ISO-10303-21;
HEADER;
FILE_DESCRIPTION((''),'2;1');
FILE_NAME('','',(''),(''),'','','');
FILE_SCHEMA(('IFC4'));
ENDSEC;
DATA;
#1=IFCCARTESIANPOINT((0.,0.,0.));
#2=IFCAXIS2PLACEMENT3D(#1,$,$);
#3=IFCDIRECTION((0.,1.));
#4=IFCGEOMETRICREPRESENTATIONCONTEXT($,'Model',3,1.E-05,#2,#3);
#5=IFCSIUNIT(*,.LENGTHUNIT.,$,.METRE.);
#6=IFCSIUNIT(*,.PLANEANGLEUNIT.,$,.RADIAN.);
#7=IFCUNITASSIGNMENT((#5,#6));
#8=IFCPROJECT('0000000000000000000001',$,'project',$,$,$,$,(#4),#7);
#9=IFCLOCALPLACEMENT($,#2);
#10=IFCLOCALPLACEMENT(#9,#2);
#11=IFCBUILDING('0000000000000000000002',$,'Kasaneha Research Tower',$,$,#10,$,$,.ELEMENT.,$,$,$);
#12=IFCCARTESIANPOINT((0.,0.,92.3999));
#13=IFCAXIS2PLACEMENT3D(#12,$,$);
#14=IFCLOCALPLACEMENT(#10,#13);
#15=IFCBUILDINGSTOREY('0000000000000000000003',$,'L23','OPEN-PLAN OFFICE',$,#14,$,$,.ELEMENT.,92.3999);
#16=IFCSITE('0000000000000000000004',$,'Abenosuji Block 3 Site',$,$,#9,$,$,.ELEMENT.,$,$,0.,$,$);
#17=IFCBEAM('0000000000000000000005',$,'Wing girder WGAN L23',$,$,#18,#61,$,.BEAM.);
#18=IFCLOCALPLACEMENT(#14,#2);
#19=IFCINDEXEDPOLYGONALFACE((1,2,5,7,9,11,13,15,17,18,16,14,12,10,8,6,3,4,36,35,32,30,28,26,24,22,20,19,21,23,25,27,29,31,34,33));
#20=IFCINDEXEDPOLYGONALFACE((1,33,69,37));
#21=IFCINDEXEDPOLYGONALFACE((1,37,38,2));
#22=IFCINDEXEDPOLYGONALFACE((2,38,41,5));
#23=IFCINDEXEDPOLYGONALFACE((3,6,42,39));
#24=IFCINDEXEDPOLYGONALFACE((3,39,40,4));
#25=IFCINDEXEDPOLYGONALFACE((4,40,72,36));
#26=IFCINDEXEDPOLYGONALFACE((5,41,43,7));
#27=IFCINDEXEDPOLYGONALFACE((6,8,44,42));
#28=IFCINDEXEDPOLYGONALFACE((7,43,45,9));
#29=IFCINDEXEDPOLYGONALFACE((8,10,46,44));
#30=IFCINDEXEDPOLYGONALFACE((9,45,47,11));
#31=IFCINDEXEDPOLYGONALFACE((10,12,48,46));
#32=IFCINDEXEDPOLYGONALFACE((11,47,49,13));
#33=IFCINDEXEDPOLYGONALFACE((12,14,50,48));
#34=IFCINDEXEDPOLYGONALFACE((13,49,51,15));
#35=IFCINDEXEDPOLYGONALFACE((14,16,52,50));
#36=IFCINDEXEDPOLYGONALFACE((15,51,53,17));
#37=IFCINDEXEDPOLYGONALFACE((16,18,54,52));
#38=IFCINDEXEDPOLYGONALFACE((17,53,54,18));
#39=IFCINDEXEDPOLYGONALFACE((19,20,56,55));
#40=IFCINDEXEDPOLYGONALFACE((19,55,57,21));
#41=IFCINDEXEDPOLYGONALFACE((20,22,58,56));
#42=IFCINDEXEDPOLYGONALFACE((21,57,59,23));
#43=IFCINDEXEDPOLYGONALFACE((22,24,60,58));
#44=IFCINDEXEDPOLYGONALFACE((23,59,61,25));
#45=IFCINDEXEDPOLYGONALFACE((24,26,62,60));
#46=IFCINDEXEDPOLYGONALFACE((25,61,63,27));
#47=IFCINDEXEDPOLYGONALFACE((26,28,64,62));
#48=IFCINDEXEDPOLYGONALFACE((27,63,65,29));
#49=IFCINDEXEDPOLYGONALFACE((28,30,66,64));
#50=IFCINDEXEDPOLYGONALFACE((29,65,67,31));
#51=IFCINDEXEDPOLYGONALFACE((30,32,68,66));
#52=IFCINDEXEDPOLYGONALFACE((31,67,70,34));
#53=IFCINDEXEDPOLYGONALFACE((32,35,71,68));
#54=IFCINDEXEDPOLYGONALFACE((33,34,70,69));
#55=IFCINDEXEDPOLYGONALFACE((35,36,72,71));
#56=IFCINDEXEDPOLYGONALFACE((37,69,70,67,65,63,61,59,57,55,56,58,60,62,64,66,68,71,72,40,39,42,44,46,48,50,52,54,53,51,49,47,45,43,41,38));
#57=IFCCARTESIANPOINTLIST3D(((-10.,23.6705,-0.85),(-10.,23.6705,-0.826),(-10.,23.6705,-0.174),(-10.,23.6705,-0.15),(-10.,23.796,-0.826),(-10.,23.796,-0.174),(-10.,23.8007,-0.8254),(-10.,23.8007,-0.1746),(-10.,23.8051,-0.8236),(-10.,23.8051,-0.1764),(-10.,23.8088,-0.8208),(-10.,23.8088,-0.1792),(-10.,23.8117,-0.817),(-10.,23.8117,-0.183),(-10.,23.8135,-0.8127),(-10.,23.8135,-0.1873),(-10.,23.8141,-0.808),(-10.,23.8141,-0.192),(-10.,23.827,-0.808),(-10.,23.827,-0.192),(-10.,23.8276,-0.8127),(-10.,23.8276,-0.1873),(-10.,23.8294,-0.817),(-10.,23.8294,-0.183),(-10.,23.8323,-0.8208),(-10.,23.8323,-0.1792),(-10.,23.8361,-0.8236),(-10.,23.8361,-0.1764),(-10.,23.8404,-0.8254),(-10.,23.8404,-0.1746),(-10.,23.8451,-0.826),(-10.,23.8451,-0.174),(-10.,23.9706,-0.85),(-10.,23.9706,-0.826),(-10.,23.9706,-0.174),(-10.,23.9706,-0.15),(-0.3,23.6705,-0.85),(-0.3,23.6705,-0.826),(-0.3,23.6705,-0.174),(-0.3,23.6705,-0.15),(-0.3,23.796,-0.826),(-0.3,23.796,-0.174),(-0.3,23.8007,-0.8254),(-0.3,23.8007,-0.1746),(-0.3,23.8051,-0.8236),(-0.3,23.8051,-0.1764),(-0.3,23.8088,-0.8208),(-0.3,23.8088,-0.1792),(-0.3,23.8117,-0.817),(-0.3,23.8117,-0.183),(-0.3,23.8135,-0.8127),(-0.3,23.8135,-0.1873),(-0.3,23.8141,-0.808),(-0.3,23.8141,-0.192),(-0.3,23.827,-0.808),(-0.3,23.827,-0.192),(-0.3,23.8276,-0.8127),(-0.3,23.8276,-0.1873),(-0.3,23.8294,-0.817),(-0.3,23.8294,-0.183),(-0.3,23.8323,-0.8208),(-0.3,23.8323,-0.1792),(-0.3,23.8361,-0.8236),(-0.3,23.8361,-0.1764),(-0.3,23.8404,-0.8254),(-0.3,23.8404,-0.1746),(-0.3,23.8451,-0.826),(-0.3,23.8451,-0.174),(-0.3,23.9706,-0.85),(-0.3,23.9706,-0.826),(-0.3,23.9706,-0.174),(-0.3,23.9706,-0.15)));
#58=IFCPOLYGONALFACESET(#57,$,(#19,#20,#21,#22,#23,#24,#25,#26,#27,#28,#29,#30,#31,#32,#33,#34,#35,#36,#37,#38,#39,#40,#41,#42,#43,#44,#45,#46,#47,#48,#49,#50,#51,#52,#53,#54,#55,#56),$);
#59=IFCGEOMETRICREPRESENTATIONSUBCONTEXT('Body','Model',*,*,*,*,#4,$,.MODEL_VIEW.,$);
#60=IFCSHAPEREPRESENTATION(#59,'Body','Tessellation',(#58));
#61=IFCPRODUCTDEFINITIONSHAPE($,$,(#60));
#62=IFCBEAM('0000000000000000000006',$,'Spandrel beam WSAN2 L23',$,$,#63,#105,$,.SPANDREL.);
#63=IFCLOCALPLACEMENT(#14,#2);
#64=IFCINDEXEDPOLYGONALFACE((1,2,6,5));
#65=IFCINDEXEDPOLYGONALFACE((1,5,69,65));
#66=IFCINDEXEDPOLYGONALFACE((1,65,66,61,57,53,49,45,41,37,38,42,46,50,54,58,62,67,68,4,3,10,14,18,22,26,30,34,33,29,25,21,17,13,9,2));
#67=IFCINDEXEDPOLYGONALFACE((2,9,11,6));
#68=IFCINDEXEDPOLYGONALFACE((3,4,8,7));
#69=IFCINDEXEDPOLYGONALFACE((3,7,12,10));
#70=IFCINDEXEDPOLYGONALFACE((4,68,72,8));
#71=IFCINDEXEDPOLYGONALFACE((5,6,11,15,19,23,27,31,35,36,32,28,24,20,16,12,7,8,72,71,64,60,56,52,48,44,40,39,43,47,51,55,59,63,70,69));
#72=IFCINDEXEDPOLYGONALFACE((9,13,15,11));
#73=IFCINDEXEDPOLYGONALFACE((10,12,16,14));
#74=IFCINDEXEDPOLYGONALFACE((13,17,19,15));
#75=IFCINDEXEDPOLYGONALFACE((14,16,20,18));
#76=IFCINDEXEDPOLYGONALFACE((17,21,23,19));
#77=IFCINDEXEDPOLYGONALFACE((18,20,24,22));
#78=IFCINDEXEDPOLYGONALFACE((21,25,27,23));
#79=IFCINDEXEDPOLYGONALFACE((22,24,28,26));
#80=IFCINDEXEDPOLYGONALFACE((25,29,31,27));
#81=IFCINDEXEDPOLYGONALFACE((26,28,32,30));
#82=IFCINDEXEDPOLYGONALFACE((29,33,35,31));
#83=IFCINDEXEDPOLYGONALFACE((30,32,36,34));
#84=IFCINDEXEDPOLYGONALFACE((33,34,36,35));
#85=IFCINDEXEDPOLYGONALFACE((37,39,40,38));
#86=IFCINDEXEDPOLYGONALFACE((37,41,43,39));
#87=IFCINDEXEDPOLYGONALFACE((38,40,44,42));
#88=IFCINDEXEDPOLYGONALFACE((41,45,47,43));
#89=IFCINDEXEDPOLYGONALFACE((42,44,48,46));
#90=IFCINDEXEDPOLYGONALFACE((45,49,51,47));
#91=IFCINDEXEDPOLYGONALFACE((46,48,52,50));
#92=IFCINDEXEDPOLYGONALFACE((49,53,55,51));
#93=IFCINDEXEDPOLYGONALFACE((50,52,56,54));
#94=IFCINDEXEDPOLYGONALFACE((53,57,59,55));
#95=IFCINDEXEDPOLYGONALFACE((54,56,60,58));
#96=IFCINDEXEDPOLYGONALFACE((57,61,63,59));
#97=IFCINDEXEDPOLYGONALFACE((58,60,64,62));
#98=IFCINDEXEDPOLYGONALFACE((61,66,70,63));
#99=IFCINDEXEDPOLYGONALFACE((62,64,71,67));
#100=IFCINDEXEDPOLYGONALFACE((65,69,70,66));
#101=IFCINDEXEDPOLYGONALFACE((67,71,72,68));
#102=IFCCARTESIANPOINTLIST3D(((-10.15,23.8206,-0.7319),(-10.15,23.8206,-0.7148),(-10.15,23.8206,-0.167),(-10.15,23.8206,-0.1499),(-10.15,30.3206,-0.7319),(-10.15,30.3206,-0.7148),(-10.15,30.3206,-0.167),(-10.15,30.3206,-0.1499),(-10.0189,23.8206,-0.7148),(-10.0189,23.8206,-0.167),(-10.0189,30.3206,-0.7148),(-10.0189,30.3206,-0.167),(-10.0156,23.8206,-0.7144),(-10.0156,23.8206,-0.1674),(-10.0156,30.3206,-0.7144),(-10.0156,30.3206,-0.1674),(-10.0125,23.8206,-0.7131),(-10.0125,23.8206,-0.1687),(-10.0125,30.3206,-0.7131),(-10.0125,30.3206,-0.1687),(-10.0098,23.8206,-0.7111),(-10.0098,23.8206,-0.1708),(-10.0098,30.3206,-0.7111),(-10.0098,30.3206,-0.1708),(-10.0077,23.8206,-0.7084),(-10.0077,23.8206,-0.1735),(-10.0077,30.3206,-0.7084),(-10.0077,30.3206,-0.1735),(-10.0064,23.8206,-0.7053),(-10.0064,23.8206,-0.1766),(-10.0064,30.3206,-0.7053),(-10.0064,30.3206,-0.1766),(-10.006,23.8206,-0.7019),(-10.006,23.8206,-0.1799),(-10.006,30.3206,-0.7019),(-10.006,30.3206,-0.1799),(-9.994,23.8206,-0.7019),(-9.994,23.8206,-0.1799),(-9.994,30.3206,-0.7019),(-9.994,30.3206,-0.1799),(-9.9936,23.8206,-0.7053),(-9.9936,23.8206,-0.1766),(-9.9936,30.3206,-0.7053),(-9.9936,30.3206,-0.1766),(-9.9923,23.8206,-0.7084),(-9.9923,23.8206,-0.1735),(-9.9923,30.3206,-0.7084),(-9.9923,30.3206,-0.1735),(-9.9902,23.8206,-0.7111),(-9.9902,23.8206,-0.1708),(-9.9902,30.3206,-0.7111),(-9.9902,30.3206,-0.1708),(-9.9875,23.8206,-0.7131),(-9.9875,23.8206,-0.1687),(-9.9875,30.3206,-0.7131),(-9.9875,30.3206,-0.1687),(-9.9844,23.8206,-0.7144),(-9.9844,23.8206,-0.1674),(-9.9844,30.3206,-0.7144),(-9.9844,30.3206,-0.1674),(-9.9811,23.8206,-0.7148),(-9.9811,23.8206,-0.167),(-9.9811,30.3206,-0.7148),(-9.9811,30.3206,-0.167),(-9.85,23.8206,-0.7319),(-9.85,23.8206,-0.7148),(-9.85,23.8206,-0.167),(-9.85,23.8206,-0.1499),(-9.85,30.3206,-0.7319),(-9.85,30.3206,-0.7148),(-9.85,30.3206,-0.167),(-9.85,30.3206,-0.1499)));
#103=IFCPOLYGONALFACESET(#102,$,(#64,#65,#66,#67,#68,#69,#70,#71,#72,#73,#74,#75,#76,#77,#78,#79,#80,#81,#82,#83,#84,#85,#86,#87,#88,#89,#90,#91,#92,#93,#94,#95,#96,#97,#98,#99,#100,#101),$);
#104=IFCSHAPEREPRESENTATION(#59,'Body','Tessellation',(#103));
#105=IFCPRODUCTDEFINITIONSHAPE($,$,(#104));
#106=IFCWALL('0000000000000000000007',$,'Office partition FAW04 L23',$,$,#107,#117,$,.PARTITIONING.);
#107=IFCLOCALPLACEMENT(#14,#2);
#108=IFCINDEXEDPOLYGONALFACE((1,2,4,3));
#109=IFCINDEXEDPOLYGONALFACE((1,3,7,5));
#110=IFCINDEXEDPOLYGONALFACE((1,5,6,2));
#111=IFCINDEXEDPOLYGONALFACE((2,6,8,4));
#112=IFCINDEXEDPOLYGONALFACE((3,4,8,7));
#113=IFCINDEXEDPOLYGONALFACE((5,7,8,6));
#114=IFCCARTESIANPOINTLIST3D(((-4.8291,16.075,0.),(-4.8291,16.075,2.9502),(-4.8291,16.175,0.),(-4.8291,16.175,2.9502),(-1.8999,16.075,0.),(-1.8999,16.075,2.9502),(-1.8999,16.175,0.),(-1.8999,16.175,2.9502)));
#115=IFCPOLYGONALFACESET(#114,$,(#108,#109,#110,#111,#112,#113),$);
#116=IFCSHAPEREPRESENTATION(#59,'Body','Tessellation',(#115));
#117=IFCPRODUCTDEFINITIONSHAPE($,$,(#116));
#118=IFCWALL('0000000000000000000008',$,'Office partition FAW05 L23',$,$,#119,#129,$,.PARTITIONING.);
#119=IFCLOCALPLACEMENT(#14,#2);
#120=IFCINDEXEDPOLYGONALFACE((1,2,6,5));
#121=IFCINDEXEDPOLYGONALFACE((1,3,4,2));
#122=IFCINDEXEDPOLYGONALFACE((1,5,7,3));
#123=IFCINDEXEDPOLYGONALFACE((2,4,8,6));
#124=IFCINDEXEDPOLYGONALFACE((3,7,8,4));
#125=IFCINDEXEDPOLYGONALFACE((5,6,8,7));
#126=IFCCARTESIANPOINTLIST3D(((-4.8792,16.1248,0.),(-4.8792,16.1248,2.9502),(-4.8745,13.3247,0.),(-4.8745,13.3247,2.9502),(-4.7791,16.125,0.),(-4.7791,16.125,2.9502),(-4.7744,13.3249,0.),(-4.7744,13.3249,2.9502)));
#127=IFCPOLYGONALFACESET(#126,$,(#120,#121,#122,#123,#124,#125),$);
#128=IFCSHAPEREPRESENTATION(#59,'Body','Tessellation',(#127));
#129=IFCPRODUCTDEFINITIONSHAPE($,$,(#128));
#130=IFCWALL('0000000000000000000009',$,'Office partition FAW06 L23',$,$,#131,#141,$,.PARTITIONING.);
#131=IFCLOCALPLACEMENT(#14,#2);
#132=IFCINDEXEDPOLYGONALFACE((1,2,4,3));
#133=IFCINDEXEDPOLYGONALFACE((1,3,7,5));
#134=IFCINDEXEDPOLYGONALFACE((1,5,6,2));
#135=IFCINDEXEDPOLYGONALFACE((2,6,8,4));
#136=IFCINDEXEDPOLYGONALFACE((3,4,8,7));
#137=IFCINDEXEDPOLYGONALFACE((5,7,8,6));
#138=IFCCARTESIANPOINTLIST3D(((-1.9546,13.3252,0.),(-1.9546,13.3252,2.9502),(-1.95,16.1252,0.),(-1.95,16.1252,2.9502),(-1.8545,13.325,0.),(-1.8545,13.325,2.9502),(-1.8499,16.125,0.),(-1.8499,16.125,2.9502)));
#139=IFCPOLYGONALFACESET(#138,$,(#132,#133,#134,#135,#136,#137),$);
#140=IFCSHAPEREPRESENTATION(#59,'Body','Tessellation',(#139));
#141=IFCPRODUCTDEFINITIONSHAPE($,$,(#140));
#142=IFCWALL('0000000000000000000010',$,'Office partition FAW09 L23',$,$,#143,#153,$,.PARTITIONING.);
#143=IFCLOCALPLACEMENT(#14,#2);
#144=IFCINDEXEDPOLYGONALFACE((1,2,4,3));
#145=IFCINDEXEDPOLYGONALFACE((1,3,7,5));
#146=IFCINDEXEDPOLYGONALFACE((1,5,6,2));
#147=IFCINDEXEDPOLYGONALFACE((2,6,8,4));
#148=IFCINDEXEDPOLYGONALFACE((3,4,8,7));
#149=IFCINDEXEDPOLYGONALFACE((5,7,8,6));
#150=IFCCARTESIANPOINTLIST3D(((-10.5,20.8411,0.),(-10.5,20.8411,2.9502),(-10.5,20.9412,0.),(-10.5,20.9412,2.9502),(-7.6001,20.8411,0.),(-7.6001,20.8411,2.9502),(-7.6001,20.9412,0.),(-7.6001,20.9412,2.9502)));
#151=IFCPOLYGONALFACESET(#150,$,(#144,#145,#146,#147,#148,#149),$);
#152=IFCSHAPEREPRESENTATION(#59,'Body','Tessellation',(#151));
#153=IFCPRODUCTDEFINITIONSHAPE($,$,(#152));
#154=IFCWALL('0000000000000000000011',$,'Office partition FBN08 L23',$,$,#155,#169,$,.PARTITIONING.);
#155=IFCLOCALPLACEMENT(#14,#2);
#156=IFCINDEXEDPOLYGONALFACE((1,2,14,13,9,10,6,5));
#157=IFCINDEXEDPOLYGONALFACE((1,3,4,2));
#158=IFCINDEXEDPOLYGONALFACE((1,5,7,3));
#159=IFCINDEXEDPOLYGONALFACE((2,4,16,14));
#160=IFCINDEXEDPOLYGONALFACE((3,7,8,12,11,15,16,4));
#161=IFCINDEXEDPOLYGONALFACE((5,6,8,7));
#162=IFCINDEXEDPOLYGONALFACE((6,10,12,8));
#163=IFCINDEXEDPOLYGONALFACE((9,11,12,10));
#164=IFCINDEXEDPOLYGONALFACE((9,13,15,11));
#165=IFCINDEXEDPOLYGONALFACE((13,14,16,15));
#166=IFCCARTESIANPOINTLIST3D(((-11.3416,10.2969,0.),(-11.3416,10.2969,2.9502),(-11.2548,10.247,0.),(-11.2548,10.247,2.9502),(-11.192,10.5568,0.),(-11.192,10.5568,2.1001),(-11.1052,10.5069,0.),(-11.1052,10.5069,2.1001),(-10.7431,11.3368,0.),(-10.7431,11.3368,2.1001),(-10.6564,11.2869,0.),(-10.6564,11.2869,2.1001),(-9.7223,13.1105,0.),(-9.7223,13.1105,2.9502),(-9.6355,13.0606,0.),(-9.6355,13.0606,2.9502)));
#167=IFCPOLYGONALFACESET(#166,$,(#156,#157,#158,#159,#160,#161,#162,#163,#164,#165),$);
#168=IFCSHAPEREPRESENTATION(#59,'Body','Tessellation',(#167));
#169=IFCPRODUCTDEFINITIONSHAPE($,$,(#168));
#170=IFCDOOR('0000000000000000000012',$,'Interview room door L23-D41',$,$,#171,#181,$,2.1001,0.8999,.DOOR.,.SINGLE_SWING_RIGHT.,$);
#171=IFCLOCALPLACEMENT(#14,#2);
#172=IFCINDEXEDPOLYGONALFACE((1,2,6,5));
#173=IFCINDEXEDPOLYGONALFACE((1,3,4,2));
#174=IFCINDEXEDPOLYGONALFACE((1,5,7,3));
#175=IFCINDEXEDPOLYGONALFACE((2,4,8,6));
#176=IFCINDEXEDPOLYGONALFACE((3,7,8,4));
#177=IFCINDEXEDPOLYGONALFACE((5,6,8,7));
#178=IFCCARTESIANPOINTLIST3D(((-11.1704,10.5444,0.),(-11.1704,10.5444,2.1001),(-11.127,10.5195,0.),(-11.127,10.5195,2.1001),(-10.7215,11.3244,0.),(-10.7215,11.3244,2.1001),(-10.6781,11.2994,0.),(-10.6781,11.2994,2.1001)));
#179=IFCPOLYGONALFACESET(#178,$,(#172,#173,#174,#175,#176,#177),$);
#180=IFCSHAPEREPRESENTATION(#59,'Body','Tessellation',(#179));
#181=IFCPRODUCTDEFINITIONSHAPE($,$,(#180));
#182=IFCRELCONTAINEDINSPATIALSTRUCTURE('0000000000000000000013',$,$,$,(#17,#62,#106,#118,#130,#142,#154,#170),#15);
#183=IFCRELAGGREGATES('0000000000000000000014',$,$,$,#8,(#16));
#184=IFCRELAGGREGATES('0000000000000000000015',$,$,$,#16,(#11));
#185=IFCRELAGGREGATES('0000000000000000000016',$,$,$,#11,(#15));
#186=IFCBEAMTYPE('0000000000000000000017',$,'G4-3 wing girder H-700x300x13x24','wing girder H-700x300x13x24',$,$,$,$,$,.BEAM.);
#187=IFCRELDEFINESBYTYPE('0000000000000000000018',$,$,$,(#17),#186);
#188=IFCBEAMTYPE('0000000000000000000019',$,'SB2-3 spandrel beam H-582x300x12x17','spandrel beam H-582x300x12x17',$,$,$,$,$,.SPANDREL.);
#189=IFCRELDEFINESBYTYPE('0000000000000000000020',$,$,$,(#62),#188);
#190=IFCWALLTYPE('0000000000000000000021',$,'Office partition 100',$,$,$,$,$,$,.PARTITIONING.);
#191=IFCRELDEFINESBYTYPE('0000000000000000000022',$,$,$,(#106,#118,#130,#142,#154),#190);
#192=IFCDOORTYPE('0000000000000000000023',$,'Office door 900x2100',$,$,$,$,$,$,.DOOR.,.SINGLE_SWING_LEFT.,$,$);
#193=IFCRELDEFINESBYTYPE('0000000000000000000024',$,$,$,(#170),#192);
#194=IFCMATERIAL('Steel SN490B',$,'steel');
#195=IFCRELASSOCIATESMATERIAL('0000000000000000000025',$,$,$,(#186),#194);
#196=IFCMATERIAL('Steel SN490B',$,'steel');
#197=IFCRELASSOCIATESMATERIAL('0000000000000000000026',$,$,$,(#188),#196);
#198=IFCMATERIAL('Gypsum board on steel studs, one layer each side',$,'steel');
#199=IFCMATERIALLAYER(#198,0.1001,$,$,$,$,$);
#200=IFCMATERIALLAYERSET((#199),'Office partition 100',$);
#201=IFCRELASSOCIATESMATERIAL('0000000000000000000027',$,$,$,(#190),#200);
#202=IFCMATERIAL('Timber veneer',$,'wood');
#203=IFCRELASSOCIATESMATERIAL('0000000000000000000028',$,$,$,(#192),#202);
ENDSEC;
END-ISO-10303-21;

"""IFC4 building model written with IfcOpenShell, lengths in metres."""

from ifc_helpers import new_model, si_unit, direction, frame, frame_2d, origin, origin_2d, place, context, subcontext, project, spatial, rectangle, i_section, extrude, material, layer, layer_set, material_profile, profile_set, type_object, element, fill, save


model = new_model("IFC4")

# Units and contexts
model_context = context("Model", 3, precision=1e-05, world=origin(), true_north=direction((0.0, 1.0)))
body_context = subcontext(model_context, "Body", "Model", "MODEL_VIEW")
ifc_project = project(units=[si_unit("LENGTHUNIT", "METRE"), si_unit("PLANEANGLEUNIT", "RADIAN")], contexts=[model_context])

# Site, building, storey
site_placement = place(None, origin())
site = spatial("IfcSite", under=ifc_project, at=site_placement, Name="Abenosuji Block 3 Site", CompositionType="ELEMENT", RefElevation=0.0)
building_placement = place(site_placement, origin())
building = spatial("IfcBuilding", under=site, at=building_placement, Name="Kasaneha Research Tower", CompositionType="ELEMENT")
storey_placement = place(building_placement, frame((0.0, 0.0, 92.3999)))
storey = spatial("IfcBuildingStorey", under=building, at=storey_placement, Name="L23", Description="OPEN-PLAN OFFICE", CompositionType="ELEMENT", Elevation=92.3999)

# Beams
ifc_material_1 = material(Name="Steel SN490B", Category="steel")
ifc_material_profile_1 = material_profile(ifc_material_1, i_section(OverallWidth=0.3, OverallDepth=0.7, WebThickness=0.0129, FlangeThickness=0.0239, FilletRadius=0.0181, at=origin_2d()), Name="H-700x300x13x24")
ifc_profile_set_1 = profile_set([ifc_material_profile_1], Name="Steel SN490B")
beam_type_1 = type_object("IfcBeamType", Name="G4-3 wing girder H-700x300x13x24", Description="wing girder H-700x300x13x24", PredefinedType="BEAM", material=ifc_profile_set_1)
beam_1_placement = place(storey_placement, frame((-10.0, 23.8206, -0.5), z_axis=(1.0, 0.0, 0.0), x_axis=(0.0, 1.0, 0.0)))
element("IfcBeam", 1, at=beam_1_placement, inside=storey, type_object=beam_type_1, Name="Wing girder WGAN L23", PredefinedType="BEAM", context=body_context, shape_type="SweptSolid", body=[
    extrude(i_section(OverallWidth=0.3, OverallDepth=0.7, WebThickness=0.0129, FlangeThickness=0.0239, FilletRadius=0.0181, at=origin_2d()), origin(), (0.0, 0.0, 1.0), 9.7),
])
ifc_material_2 = material(Name="Steel SN490B", Category="steel")
ifc_material_profile_2 = material_profile(ifc_material_2, i_section(OverallWidth=0.3, OverallDepth=0.582, WebThickness=0.012, FlangeThickness=0.0171, FilletRadius=0.0129, at=origin_2d()), Name="H-582x300x12x17")
ifc_profile_set_2 = profile_set([ifc_material_profile_2], Name="Steel SN490B")
beam_type_2 = type_object("IfcBeamType", Name="SB2-3 spandrel beam H-582x300x12x17", Description="spandrel beam H-582x300x12x17", PredefinedType="SPANDREL", material=ifc_profile_set_2)
beam_2_placement = place(storey_placement, frame((-10.0, 23.8206, -0.4409), z_axis=(0.0, 1.0, 0.0), x_axis=(-1.0, 0.0, 0.0)))
element("IfcBeam", 2, at=beam_2_placement, inside=storey, type_object=beam_type_2, Name="Spandrel beam WSAN2 L23", PredefinedType="SPANDREL", context=body_context, shape_type="SweptSolid", body=[
    extrude(i_section(OverallWidth=0.3, OverallDepth=0.582, WebThickness=0.012, FlangeThickness=0.0171, FilletRadius=0.0129, at=origin_2d()), origin(), (0.0, 0.0, 1.0), 6.5),
])

# Walls
ifc_material_3 = material(Name="Gypsum board on steel studs, one layer each side", Category="steel")
ifc_layer_1 = layer(ifc_material_3, 0.1001)
ifc_layer_set_1 = layer_set([ifc_layer_1], Name="Office partition 100")
wall_type_1 = type_object("IfcWallType", Name="Office partition 100", PredefinedType="PARTITIONING", material=ifc_layer_set_1)
wall_1_placement = place(storey_placement, frame((-4.8291, 16.125, 0.0), z_axis=(0.0, 0.0, 1.0), x_axis=(1.0, 0.0, 0.0)))
element("IfcWall", 3, at=wall_1_placement, inside=storey, type_object=wall_type_1, Name="Office partition FAW04 L23", PredefinedType="PARTITIONING", context=body_context, shape_type="SweptSolid", body=[
    extrude(rectangle(XDim=2.9292, YDim=0.1001, at=frame_2d((1.4646, 0.0))), origin(), (0.0, 0.0, 1.0), 2.9502),
])
for number, where, z_axis, x_axis, name in (
    (4, (-4.8245, 13.325, 0.0), (0.0, 0.0, 1.0), (-0.001657, 0.999999, 0.0), "Office partition FAW05 L23"),
    (5, (-1.8999, 16.125, 0.0), (0.0, 0.0, 1.0), (-0.001657, -0.999999, 0.0), "Office partition FAW06 L23"),
):
    element("IfcWall", number, at=place(storey_placement, frame(where, z_axis=z_axis, x_axis=x_axis)), inside=storey, type_object=wall_type_1, Name=name, PredefinedType="PARTITIONING", context=body_context, shape_type="SweptSolid", body=[
        extrude(rectangle(XDim=2.8, YDim=0.1001, at=frame_2d((1.3999, 0.0))), origin(), (0.0, 0.0, 1.0), 2.9502),
    ])
wall_2_placement = place(storey_placement, frame((-7.6001, 20.8911, 0.0), z_axis=(0.0, 0.0, 1.0), x_axis=(-1.0, 0.0, 0.0)))
element("IfcWall", 6, at=wall_2_placement, inside=storey, type_object=wall_type_1, Name="Office partition FAW09 L23", PredefinedType="PARTITIONING", context=body_context, shape_type="SweptSolid", body=[
    extrude(rectangle(XDim=2.8999, YDim=0.1001, at=frame_2d((1.45, 0.0))), origin(), (0.0, 0.0, 1.0), 2.9502),
])

# Wall, opening, door
wall_3_placement = place(storey_placement, frame((-9.679, 13.0854, 0.0), z_axis=(0.0, 0.0, 1.0), x_axis=(-0.498817, -0.866707, 0.0)))
wall_3 = element("IfcWall", 7, at=wall_3_placement, inside=storey, type_object=wall_type_1, Name="Office partition FBN08 L23", PredefinedType="PARTITIONING", context=body_context, shape_type="SweptSolid", body=[
    extrude(rectangle(XDim=3.2463, YDim=0.1001, at=frame_2d((1.623, 0.0))), origin(), (0.0, 0.0, 1.0), 2.9502),
])
opening_1_placement = place(wall_3_placement, frame((2.0464, 0.0, 0.0)))
opening_1 = element("IfcOpeningElement", 8, at=opening_1_placement, cuts=wall_3, PredefinedType="OPENING", context=body_context, shape_type="SweptSolid", body=[
    extrude(rectangle(XDim=0.8999, YDim=2.1001, at=frame_2d((0.45, 1.05))), frame((0.0, 0.0601, 0.0), z_axis=(0.0, -1.0, 0.0), x_axis=(1.0, 0.0, 0.0)), (0.0, 0.0, 1.0), 0.1201),
])
ifc_material_4 = material(Name="Timber veneer", Category="wood")
door_type_1 = type_object("IfcDoorType", Name="Office door 900x2100", OperationType="SINGLE_SWING_LEFT", PredefinedType="DOOR", material=ifc_material_4)
door_1_placement = place(opening_1_placement, origin())
door_1 = element("IfcDoor", 9, at=door_1_placement, inside=storey, type_object=door_type_1, Name="Interview room door L23-D41", OperationType="SINGLE_SWING_RIGHT", OverallHeight=2.1001, OverallWidth=0.8999, PredefinedType="DOOR", context=body_context, shape_type="SweptSolid", body=[
    extrude(rectangle(XDim=0.8999, YDim=2.1001, at=frame_2d((0.45, 1.05))), frame((0.0, 0.0249, 0.0), z_axis=(0.0, -1.0, 0.0), x_axis=(1.0, 0.0, 0.0)), (0.0, 0.0, 1.0), 0.05),
])
fill(opening_1, door_1)

save(model, "model.ifc")
